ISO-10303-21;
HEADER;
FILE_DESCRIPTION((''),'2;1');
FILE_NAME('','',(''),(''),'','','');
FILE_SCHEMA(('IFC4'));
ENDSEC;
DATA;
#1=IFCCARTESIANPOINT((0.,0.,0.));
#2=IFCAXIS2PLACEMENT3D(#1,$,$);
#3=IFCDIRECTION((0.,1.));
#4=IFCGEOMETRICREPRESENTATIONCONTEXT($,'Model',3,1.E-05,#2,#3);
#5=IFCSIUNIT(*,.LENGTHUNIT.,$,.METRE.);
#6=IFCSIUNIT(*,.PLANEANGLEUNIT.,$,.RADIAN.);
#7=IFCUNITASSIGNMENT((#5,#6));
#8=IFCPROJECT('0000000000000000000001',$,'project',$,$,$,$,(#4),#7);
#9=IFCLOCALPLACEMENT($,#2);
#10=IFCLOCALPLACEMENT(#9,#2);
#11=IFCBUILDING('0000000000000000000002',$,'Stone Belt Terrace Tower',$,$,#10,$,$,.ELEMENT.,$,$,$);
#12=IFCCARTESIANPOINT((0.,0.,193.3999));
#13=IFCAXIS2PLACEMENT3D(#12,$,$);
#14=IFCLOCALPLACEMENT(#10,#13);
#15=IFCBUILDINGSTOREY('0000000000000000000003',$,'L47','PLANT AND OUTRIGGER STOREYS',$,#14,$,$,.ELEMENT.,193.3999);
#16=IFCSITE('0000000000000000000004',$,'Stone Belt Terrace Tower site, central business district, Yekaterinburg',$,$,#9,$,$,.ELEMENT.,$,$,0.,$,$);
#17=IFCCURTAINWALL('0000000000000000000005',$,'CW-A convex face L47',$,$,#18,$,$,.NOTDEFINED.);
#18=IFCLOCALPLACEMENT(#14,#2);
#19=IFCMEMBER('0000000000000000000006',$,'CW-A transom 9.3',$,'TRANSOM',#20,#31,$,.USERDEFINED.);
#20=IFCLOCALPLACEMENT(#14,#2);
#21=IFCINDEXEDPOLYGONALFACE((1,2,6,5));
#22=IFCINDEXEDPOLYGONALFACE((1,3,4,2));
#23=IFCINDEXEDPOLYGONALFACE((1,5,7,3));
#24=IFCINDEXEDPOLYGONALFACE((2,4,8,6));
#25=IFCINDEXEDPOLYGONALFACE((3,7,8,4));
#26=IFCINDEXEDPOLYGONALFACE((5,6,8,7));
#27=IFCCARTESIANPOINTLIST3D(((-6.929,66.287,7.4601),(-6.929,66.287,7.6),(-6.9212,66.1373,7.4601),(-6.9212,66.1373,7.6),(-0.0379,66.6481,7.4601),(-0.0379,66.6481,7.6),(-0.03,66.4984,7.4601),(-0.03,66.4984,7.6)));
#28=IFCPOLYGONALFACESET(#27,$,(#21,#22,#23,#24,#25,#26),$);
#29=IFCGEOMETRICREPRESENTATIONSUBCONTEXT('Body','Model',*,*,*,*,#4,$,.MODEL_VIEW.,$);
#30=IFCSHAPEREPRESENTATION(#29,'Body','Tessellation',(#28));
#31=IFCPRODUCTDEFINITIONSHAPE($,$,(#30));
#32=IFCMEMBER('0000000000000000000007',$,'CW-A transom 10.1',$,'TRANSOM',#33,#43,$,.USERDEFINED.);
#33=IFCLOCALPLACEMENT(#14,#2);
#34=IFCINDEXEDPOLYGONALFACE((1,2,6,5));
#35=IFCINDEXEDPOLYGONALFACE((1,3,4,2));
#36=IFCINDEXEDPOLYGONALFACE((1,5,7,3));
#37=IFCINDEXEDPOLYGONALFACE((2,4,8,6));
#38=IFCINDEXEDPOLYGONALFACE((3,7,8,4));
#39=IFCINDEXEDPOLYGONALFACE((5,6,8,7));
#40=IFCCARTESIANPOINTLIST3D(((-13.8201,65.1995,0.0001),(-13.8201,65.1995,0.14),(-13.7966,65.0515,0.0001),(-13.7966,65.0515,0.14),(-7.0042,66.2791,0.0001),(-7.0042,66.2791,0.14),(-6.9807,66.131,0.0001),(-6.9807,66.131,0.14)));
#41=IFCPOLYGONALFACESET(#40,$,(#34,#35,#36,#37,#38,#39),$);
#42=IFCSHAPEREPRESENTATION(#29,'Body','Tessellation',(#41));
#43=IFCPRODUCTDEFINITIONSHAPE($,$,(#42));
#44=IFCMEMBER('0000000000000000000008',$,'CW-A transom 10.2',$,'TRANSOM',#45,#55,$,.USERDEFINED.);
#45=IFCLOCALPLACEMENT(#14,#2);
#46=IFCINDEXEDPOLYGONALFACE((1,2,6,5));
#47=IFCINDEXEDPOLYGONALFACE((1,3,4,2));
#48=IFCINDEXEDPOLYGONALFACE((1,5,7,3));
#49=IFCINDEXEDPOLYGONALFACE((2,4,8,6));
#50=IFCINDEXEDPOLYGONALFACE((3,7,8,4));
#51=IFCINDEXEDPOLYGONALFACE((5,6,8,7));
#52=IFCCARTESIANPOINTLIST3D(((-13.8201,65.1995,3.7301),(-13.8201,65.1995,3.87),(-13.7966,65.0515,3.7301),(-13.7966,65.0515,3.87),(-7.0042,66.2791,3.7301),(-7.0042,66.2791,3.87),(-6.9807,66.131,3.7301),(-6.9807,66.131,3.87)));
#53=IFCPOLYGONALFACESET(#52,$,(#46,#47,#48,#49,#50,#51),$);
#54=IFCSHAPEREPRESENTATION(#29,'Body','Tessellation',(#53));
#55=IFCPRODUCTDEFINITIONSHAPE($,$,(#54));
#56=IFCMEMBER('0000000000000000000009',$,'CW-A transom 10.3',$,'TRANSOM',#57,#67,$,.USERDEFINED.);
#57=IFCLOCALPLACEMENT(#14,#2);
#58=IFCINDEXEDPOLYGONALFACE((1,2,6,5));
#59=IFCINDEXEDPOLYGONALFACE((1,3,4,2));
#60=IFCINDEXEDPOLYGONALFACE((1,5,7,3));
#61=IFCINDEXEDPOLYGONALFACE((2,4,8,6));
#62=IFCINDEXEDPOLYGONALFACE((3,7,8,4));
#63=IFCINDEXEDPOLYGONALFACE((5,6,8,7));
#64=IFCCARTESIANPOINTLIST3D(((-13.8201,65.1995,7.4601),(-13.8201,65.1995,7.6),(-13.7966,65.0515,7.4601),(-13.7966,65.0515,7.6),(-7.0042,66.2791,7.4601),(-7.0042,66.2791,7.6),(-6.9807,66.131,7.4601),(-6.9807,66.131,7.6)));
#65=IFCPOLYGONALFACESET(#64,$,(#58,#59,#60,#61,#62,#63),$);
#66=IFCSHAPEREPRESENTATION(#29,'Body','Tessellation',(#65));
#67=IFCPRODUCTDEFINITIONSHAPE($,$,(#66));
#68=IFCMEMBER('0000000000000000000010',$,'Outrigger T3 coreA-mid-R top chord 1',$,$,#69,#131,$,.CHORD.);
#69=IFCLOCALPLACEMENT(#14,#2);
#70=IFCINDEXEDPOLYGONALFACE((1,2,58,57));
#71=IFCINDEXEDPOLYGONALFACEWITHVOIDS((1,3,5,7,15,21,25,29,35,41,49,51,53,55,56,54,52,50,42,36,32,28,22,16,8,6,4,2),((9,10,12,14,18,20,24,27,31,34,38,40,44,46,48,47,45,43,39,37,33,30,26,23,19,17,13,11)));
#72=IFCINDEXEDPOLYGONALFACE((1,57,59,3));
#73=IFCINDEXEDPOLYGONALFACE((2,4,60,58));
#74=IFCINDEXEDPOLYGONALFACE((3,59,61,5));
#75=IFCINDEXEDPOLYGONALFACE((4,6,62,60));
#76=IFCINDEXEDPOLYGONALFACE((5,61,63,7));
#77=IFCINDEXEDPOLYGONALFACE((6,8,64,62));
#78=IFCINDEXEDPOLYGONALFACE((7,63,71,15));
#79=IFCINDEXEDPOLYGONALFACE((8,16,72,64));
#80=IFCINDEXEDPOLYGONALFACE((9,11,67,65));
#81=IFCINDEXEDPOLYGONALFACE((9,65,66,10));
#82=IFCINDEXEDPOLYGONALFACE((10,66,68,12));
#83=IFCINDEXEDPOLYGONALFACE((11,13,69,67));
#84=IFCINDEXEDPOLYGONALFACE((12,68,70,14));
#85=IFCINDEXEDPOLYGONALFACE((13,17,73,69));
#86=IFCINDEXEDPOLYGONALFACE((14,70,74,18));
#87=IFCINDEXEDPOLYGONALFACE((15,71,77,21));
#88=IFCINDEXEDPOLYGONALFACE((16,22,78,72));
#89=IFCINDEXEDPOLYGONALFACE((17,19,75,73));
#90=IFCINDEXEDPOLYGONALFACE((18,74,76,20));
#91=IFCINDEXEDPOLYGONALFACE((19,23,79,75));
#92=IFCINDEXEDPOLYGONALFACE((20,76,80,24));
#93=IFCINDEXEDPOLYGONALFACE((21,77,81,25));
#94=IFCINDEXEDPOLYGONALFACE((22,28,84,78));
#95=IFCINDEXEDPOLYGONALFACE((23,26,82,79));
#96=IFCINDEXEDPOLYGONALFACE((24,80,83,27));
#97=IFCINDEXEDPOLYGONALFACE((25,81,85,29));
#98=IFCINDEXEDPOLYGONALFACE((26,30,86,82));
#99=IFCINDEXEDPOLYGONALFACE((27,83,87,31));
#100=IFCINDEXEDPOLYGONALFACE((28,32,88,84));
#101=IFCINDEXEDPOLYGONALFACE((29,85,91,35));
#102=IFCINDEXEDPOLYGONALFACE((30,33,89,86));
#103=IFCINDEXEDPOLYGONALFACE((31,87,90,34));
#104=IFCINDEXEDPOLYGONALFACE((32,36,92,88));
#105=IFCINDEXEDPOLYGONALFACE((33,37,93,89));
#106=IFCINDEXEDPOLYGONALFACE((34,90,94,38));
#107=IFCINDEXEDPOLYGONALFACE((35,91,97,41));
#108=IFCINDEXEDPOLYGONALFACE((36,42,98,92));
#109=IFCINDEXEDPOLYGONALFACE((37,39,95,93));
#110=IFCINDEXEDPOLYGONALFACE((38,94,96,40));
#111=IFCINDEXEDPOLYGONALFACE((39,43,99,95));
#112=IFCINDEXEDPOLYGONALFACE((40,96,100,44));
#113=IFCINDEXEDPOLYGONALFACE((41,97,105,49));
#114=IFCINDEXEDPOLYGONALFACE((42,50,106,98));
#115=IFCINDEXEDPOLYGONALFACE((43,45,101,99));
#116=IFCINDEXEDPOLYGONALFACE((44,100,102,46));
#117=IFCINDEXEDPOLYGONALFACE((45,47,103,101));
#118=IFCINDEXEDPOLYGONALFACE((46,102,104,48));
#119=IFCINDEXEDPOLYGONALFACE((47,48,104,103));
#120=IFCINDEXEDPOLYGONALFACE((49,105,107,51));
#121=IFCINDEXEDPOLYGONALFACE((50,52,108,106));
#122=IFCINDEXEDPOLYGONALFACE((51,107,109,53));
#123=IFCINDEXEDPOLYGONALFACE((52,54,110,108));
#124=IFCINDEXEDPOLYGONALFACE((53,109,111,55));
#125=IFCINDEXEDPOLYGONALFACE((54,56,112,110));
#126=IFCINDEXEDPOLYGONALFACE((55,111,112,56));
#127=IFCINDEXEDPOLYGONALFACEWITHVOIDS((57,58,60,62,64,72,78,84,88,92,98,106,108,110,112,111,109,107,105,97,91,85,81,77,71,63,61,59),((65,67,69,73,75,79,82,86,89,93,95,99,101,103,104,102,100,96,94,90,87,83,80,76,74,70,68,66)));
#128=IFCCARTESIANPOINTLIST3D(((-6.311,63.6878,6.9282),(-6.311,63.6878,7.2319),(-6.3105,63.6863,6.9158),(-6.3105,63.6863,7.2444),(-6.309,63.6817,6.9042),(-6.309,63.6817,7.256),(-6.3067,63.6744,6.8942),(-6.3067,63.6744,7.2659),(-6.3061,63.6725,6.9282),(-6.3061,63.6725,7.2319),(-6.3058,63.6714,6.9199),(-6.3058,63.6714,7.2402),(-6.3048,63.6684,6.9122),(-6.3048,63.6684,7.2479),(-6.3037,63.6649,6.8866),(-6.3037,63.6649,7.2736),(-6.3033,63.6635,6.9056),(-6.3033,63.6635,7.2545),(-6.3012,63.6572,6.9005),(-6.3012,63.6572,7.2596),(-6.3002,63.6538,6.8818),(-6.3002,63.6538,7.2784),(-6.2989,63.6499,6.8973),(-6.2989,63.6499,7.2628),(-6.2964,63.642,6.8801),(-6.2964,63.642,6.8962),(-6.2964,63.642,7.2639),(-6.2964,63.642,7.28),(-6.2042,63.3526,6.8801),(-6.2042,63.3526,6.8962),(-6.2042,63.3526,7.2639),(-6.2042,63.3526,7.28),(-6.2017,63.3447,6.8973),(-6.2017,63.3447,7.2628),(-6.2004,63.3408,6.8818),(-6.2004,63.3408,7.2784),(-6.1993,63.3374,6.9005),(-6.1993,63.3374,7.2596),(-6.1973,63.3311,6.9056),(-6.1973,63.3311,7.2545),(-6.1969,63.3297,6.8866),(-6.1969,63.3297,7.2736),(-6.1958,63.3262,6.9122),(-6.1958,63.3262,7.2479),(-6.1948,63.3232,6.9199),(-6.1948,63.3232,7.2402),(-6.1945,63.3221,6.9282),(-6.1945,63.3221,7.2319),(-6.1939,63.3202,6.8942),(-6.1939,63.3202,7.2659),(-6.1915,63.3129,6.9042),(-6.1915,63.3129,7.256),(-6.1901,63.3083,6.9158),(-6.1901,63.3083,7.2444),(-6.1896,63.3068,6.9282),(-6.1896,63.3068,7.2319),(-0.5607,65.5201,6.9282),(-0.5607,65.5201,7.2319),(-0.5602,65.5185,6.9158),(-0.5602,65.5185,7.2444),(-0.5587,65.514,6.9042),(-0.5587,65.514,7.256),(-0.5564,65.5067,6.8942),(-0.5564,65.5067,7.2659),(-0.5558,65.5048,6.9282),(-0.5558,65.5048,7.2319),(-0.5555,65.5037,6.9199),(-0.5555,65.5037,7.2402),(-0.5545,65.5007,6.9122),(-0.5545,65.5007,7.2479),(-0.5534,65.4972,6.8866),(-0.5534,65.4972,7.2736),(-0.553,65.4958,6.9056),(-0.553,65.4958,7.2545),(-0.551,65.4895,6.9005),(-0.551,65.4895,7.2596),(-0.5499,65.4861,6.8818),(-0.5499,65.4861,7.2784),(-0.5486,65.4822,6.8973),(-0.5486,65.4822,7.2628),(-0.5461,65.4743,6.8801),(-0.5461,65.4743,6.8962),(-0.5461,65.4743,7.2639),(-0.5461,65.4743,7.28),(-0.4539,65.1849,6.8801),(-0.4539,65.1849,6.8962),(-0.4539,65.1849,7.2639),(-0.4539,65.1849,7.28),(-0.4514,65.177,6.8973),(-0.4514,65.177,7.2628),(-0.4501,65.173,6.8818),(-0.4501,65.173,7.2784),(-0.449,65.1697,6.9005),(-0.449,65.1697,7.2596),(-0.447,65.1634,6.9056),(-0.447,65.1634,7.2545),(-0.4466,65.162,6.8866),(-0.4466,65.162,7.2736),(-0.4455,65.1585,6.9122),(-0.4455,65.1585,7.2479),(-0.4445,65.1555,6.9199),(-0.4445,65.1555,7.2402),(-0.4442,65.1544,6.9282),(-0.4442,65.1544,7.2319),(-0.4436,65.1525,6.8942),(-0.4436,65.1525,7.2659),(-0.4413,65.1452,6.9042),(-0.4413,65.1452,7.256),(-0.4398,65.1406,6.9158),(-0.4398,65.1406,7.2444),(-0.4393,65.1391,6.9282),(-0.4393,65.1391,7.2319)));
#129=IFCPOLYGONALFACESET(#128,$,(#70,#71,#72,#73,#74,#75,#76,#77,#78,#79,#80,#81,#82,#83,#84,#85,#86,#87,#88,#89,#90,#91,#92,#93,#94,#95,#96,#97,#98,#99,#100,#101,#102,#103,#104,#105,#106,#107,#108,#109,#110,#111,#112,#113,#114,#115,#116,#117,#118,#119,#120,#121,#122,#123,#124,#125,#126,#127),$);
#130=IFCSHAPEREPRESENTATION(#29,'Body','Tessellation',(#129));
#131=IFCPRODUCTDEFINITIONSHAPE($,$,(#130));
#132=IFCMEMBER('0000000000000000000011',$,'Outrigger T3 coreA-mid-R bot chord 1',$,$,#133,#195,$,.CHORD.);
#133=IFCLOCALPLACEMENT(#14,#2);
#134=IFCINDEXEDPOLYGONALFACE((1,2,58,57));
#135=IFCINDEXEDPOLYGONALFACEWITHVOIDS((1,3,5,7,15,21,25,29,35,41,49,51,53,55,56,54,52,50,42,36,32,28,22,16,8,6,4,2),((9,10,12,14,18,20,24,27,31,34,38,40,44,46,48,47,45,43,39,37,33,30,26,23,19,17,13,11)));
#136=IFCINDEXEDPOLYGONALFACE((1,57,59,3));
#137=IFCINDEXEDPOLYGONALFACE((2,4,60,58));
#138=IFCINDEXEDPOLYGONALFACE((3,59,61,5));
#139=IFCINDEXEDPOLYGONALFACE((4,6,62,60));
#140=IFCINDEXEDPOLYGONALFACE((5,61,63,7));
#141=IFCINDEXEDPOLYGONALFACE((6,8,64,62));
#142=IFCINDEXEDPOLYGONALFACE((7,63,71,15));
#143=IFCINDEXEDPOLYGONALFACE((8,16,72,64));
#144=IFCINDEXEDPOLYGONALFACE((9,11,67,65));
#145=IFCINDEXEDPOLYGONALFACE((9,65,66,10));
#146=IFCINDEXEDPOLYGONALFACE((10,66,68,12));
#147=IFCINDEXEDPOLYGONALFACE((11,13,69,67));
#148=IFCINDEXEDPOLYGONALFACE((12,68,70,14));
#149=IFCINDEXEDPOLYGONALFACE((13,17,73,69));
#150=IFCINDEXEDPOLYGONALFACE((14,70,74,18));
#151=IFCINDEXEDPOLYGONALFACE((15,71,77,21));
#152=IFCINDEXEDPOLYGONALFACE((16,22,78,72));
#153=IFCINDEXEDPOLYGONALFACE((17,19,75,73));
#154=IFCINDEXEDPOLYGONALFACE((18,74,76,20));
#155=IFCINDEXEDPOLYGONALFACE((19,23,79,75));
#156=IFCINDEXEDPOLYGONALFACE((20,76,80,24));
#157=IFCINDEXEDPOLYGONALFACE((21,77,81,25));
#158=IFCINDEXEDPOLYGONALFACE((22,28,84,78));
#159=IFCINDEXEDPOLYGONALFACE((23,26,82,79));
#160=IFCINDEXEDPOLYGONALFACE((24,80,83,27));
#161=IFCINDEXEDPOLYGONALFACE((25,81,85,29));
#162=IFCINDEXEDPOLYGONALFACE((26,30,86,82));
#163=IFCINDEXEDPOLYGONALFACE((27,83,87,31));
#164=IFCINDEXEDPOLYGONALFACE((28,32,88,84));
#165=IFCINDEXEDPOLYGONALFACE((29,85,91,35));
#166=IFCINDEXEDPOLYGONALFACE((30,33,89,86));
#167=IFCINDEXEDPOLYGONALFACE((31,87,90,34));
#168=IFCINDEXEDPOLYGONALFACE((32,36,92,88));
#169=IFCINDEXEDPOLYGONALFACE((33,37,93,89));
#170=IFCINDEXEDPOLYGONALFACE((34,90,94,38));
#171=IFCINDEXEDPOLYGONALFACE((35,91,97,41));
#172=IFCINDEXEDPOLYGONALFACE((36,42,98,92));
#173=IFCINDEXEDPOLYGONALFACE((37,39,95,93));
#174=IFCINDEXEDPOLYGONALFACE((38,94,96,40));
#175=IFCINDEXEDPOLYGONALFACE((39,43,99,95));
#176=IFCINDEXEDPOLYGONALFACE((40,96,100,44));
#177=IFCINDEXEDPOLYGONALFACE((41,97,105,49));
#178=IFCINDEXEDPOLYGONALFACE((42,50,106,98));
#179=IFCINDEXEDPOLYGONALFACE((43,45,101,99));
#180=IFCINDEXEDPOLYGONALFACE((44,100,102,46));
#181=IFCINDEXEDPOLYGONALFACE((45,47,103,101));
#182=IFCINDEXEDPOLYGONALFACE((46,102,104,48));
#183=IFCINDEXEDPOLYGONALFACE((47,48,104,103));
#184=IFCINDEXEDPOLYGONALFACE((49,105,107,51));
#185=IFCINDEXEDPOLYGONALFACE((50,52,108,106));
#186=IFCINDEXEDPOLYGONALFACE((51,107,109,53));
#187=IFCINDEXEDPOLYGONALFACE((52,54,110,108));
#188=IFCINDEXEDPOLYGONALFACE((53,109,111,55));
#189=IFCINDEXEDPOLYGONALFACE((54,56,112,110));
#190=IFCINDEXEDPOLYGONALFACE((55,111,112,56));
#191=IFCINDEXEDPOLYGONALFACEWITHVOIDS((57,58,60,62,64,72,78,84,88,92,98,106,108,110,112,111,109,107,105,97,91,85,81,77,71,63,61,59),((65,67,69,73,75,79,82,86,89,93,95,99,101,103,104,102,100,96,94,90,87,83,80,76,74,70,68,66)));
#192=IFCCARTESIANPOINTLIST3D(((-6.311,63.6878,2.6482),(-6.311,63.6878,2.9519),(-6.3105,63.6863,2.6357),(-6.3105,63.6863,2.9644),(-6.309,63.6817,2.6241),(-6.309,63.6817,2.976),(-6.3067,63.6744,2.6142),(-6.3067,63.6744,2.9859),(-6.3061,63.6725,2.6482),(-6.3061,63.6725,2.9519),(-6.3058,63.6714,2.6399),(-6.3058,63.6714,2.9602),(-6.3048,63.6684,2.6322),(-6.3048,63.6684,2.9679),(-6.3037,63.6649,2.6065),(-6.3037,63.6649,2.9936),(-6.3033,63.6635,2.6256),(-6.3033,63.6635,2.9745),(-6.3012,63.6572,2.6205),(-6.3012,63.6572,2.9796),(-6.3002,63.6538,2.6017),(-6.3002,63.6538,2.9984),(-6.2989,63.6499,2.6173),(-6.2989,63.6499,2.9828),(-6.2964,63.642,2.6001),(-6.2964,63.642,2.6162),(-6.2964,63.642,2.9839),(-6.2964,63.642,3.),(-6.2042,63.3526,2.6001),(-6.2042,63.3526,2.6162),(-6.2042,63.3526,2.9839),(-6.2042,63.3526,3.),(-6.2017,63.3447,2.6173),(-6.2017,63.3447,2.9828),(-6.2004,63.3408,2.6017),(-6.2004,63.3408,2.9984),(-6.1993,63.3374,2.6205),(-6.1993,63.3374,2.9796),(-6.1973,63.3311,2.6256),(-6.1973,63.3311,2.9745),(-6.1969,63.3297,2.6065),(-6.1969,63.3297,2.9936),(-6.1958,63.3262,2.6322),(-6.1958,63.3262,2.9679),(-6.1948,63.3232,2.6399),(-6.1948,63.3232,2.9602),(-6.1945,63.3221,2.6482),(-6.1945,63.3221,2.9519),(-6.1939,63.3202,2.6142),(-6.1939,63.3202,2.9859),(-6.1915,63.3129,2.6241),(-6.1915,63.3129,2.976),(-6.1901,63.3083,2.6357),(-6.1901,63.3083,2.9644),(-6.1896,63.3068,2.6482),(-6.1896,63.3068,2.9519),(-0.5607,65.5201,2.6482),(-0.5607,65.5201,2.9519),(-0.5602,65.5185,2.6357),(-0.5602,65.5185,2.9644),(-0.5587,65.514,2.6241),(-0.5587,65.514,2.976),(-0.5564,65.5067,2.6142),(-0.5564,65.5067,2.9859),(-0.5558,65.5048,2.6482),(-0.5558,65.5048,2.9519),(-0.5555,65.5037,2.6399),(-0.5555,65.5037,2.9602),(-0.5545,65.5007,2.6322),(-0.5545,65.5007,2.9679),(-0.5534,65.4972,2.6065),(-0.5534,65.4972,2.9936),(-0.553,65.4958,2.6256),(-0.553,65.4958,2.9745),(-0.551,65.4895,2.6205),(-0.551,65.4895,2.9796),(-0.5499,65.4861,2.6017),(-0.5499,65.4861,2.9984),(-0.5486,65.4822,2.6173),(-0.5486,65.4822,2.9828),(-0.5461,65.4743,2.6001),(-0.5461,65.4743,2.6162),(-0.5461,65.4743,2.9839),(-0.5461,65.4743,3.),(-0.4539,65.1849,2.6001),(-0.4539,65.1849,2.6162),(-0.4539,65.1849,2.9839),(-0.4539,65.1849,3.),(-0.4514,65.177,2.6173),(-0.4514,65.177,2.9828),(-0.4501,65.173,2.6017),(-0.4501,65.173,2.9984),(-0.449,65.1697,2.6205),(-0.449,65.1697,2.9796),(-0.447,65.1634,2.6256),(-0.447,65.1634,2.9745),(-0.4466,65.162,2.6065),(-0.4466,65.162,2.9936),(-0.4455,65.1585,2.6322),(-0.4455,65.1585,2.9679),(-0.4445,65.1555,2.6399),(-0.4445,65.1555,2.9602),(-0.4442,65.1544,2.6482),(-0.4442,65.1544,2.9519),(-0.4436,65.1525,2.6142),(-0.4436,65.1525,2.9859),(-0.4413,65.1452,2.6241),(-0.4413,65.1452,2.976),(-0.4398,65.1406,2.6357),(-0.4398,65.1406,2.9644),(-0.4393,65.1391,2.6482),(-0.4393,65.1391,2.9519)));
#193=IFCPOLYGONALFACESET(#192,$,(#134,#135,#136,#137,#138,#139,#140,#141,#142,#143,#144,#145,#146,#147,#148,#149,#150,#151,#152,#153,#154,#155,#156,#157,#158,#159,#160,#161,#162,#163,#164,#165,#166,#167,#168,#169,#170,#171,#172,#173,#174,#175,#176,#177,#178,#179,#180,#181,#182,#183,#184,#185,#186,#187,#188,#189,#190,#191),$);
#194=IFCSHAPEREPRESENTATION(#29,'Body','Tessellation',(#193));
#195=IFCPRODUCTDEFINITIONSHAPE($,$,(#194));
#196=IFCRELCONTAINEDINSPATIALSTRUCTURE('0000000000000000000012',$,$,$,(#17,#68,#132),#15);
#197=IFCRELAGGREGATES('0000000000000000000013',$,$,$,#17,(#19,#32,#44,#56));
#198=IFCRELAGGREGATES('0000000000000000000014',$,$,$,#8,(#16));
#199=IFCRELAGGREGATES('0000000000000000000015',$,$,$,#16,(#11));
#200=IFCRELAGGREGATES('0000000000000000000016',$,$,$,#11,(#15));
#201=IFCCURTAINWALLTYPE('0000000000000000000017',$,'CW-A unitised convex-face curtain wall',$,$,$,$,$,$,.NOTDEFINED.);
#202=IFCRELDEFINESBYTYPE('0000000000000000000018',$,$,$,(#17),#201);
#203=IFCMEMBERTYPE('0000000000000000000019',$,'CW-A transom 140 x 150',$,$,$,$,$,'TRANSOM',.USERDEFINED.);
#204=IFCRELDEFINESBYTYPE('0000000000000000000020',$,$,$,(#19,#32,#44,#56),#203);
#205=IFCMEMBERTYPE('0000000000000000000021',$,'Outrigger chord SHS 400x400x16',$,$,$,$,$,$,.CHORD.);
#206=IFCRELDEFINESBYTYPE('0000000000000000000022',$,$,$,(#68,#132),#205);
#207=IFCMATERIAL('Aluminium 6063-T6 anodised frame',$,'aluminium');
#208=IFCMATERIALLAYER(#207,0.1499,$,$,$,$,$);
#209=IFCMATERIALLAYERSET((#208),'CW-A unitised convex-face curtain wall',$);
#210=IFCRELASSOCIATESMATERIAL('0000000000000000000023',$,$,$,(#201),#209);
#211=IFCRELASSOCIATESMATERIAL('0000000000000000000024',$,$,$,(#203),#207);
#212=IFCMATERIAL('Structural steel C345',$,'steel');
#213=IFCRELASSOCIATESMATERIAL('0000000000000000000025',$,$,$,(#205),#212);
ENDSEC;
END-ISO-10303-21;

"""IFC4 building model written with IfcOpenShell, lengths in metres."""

from ifc_helpers import new_model, si_unit, direction, frame, origin, origin_2d, place, context, subcontext, project, spatial, rectangle, hollow_rectangle, extrude, material, layer, layer_set, material_profile, profile_set, type_object, element, aggregate, save


model = new_model("IFC4")

# Units and contexts
model_context = context("Model", 3, precision=1e-05, world=origin(), true_north=direction((0.0, 1.0)))
body_context = subcontext(model_context, "Body", "Model", "MODEL_VIEW")
ifc_project = project(units=[si_unit("LENGTHUNIT", "METRE"), si_unit("PLANEANGLEUNIT", "RADIAN")], contexts=[model_context])

# Site, building, storey
site_placement = place(None, origin())
site = spatial("IfcSite", under=ifc_project, at=site_placement, Name="Stone Belt Terrace Tower site, central business district, Yekaterinburg", CompositionType="ELEMENT", RefElevation=0.0)
building_placement = place(site_placement, origin())
building = spatial("IfcBuilding", under=site, at=building_placement, Name="Stone Belt Terrace Tower", CompositionType="ELEMENT")
storey_placement = place(building_placement, frame((0.0, 0.0, 193.3999)))
storey = spatial("IfcBuildingStorey", under=building, at=storey_placement, Name="L47", Description="PLANT AND OUTRIGGER STOREYS", CompositionType="ELEMENT", Elevation=193.3999)

# Shared definitions
ifc_material_1 = material(Name="Structural steel C345", Category="steel")

# Curtain wall, members
ifc_material_2 = material(Name="Aluminium 6063-T6 anodised frame", Category="aluminium")
ifc_layer_1 = layer(ifc_material_2, 0.1499)
ifc_layer_set_1 = layer_set([ifc_layer_1], Name="CW-A unitised convex-face curtain wall")
curtain_wall_type = type_object("IfcCurtainWallType", Name="CW-A unitised convex-face curtain wall", PredefinedType="NOTDEFINED", material=ifc_layer_set_1)
curtain_wall_placement = place(storey_placement, origin())
curtain_wall = element("IfcCurtainWall", 1, at=curtain_wall_placement, inside=storey, type_object=curtain_wall_type, Name="CW-A convex face L47", PredefinedType="NOTDEFINED")
ifc_material_profile_1 = material_profile(ifc_material_2, rectangle(XDim=0.1499, YDim=0.1399, at=origin_2d()), Name="Aluminium 6063-T6 150x140")
ifc_profile_set_1 = profile_set([ifc_material_profile_1], Name="Aluminium 6063-T6 anodised frame")
member_type_1 = type_object("IfcMemberType", Name="CW-A transom 140 x 150", ElementType="TRANSOM", PredefinedType="USERDEFINED", material=ifc_profile_set_1)
member_1_placement = place(storey_placement, frame((-0.0339, 66.5732, 7.53), z_axis=(-0.99863, -0.052327, 0.0), x_axis=(0.052327, -0.99863, 0.0)))
member_1 = element("IfcMember", 2, at=member_1_placement, type_object=member_type_1, Name="CW-A transom 9.3", ObjectType="TRANSOM", PredefinedType="USERDEFINED", context=body_context, shape_type="SweptSolid", body=[
    extrude(rectangle(XDim=0.1499, YDim=0.1399, at=origin_2d()), origin(), (0.0, 0.0, 1.0), 6.9006),
])
member_2_placement = place(storey_placement, frame((-6.9924, 66.2051, 0.0701), z_axis=(-0.987687, -0.156442, 0.0), x_axis=(0.156442, -0.987687, 0.0)))
member_2 = element("IfcMember", 3, at=member_2_placement, type_object=member_type_1, Name="CW-A transom 10.1", ObjectType="TRANSOM", PredefinedType="USERDEFINED", context=body_context, shape_type="SweptSolid", body=[
    extrude(rectangle(XDim=0.1499, YDim=0.1399, at=origin_2d()), origin(), (0.0, 0.0, 1.0), 6.9009),
])
member_3_placement = place(storey_placement, frame((-6.9924, 66.2051, 3.8), z_axis=(-0.987687, -0.156442, 0.0), x_axis=(0.156442, -0.987687, 0.0)))
member_3 = element("IfcMember", 4, at=member_3_placement, type_object=member_type_1, Name="CW-A transom 10.2", ObjectType="TRANSOM", PredefinedType="USERDEFINED", context=body_context, shape_type="SweptSolid", body=[
    extrude(rectangle(XDim=0.1499, YDim=0.1399, at=origin_2d()), origin(), (0.0, 0.0, 1.0), 6.9009),
])
member_4_placement = place(storey_placement, frame((-6.9924, 66.2051, 7.53), z_axis=(-0.987687, -0.156442, 0.0), x_axis=(0.156442, -0.987687, 0.0)))
member_4 = element("IfcMember", 5, at=member_4_placement, type_object=member_type_1, Name="CW-A transom 10.3", ObjectType="TRANSOM", PredefinedType="USERDEFINED", context=body_context, shape_type="SweptSolid", body=[
    extrude(rectangle(XDim=0.1499, YDim=0.1399, at=origin_2d()), origin(), (0.0, 0.0, 1.0), 6.9009),
])

# Members
ifc_material_profile_2 = material_profile(ifc_material_1, hollow_rectangle(XDim=0.3999, YDim=0.3999, WallThickness=0.0161, InnerFilletRadius=0.032, OuterFilletRadius=0.0481, at=origin_2d()), Name="SHS 400x400x16")
ifc_profile_set_2 = profile_set([ifc_material_profile_2], Name="Structural steel C345")
member_type_2 = type_object("IfcMemberType", Name="Outrigger chord SHS 400x400x16", PredefinedType="CHORD", material=ifc_profile_set_2)
for number, where, z_axis, x_axis, name in (
    (6, (-0.5, 65.3296, 7.0801), (-0.952799, -0.303603, 0.0), (0.303603, -0.952799, 0.0), "Outrigger T3 coreA-mid-R top chord 1"),
    (7, (-0.5, 65.3296, 2.8), (-0.952799, -0.303603, 0.0), (0.303603, -0.952799, 0.0), "Outrigger T3 coreA-mid-R bot chord 1"),
):
    element("IfcMember", number, at=place(storey_placement, frame(where, z_axis=z_axis, x_axis=x_axis)), inside=storey, type_object=member_type_2, Name=name, PredefinedType="CHORD", context=body_context, shape_type="SweptSolid", body=[
        extrude(hollow_rectangle(XDim=0.3999, YDim=0.3999, WallThickness=0.0161, InnerFilletRadius=0.032, OuterFilletRadius=0.0481, at=origin_2d()), origin(), (0.0, 0.0, 1.0), 6.0352),
    ])

aggregate(curtain_wall, [member_1, member_2, member_3, member_4])

save(model, "model.ifc")
